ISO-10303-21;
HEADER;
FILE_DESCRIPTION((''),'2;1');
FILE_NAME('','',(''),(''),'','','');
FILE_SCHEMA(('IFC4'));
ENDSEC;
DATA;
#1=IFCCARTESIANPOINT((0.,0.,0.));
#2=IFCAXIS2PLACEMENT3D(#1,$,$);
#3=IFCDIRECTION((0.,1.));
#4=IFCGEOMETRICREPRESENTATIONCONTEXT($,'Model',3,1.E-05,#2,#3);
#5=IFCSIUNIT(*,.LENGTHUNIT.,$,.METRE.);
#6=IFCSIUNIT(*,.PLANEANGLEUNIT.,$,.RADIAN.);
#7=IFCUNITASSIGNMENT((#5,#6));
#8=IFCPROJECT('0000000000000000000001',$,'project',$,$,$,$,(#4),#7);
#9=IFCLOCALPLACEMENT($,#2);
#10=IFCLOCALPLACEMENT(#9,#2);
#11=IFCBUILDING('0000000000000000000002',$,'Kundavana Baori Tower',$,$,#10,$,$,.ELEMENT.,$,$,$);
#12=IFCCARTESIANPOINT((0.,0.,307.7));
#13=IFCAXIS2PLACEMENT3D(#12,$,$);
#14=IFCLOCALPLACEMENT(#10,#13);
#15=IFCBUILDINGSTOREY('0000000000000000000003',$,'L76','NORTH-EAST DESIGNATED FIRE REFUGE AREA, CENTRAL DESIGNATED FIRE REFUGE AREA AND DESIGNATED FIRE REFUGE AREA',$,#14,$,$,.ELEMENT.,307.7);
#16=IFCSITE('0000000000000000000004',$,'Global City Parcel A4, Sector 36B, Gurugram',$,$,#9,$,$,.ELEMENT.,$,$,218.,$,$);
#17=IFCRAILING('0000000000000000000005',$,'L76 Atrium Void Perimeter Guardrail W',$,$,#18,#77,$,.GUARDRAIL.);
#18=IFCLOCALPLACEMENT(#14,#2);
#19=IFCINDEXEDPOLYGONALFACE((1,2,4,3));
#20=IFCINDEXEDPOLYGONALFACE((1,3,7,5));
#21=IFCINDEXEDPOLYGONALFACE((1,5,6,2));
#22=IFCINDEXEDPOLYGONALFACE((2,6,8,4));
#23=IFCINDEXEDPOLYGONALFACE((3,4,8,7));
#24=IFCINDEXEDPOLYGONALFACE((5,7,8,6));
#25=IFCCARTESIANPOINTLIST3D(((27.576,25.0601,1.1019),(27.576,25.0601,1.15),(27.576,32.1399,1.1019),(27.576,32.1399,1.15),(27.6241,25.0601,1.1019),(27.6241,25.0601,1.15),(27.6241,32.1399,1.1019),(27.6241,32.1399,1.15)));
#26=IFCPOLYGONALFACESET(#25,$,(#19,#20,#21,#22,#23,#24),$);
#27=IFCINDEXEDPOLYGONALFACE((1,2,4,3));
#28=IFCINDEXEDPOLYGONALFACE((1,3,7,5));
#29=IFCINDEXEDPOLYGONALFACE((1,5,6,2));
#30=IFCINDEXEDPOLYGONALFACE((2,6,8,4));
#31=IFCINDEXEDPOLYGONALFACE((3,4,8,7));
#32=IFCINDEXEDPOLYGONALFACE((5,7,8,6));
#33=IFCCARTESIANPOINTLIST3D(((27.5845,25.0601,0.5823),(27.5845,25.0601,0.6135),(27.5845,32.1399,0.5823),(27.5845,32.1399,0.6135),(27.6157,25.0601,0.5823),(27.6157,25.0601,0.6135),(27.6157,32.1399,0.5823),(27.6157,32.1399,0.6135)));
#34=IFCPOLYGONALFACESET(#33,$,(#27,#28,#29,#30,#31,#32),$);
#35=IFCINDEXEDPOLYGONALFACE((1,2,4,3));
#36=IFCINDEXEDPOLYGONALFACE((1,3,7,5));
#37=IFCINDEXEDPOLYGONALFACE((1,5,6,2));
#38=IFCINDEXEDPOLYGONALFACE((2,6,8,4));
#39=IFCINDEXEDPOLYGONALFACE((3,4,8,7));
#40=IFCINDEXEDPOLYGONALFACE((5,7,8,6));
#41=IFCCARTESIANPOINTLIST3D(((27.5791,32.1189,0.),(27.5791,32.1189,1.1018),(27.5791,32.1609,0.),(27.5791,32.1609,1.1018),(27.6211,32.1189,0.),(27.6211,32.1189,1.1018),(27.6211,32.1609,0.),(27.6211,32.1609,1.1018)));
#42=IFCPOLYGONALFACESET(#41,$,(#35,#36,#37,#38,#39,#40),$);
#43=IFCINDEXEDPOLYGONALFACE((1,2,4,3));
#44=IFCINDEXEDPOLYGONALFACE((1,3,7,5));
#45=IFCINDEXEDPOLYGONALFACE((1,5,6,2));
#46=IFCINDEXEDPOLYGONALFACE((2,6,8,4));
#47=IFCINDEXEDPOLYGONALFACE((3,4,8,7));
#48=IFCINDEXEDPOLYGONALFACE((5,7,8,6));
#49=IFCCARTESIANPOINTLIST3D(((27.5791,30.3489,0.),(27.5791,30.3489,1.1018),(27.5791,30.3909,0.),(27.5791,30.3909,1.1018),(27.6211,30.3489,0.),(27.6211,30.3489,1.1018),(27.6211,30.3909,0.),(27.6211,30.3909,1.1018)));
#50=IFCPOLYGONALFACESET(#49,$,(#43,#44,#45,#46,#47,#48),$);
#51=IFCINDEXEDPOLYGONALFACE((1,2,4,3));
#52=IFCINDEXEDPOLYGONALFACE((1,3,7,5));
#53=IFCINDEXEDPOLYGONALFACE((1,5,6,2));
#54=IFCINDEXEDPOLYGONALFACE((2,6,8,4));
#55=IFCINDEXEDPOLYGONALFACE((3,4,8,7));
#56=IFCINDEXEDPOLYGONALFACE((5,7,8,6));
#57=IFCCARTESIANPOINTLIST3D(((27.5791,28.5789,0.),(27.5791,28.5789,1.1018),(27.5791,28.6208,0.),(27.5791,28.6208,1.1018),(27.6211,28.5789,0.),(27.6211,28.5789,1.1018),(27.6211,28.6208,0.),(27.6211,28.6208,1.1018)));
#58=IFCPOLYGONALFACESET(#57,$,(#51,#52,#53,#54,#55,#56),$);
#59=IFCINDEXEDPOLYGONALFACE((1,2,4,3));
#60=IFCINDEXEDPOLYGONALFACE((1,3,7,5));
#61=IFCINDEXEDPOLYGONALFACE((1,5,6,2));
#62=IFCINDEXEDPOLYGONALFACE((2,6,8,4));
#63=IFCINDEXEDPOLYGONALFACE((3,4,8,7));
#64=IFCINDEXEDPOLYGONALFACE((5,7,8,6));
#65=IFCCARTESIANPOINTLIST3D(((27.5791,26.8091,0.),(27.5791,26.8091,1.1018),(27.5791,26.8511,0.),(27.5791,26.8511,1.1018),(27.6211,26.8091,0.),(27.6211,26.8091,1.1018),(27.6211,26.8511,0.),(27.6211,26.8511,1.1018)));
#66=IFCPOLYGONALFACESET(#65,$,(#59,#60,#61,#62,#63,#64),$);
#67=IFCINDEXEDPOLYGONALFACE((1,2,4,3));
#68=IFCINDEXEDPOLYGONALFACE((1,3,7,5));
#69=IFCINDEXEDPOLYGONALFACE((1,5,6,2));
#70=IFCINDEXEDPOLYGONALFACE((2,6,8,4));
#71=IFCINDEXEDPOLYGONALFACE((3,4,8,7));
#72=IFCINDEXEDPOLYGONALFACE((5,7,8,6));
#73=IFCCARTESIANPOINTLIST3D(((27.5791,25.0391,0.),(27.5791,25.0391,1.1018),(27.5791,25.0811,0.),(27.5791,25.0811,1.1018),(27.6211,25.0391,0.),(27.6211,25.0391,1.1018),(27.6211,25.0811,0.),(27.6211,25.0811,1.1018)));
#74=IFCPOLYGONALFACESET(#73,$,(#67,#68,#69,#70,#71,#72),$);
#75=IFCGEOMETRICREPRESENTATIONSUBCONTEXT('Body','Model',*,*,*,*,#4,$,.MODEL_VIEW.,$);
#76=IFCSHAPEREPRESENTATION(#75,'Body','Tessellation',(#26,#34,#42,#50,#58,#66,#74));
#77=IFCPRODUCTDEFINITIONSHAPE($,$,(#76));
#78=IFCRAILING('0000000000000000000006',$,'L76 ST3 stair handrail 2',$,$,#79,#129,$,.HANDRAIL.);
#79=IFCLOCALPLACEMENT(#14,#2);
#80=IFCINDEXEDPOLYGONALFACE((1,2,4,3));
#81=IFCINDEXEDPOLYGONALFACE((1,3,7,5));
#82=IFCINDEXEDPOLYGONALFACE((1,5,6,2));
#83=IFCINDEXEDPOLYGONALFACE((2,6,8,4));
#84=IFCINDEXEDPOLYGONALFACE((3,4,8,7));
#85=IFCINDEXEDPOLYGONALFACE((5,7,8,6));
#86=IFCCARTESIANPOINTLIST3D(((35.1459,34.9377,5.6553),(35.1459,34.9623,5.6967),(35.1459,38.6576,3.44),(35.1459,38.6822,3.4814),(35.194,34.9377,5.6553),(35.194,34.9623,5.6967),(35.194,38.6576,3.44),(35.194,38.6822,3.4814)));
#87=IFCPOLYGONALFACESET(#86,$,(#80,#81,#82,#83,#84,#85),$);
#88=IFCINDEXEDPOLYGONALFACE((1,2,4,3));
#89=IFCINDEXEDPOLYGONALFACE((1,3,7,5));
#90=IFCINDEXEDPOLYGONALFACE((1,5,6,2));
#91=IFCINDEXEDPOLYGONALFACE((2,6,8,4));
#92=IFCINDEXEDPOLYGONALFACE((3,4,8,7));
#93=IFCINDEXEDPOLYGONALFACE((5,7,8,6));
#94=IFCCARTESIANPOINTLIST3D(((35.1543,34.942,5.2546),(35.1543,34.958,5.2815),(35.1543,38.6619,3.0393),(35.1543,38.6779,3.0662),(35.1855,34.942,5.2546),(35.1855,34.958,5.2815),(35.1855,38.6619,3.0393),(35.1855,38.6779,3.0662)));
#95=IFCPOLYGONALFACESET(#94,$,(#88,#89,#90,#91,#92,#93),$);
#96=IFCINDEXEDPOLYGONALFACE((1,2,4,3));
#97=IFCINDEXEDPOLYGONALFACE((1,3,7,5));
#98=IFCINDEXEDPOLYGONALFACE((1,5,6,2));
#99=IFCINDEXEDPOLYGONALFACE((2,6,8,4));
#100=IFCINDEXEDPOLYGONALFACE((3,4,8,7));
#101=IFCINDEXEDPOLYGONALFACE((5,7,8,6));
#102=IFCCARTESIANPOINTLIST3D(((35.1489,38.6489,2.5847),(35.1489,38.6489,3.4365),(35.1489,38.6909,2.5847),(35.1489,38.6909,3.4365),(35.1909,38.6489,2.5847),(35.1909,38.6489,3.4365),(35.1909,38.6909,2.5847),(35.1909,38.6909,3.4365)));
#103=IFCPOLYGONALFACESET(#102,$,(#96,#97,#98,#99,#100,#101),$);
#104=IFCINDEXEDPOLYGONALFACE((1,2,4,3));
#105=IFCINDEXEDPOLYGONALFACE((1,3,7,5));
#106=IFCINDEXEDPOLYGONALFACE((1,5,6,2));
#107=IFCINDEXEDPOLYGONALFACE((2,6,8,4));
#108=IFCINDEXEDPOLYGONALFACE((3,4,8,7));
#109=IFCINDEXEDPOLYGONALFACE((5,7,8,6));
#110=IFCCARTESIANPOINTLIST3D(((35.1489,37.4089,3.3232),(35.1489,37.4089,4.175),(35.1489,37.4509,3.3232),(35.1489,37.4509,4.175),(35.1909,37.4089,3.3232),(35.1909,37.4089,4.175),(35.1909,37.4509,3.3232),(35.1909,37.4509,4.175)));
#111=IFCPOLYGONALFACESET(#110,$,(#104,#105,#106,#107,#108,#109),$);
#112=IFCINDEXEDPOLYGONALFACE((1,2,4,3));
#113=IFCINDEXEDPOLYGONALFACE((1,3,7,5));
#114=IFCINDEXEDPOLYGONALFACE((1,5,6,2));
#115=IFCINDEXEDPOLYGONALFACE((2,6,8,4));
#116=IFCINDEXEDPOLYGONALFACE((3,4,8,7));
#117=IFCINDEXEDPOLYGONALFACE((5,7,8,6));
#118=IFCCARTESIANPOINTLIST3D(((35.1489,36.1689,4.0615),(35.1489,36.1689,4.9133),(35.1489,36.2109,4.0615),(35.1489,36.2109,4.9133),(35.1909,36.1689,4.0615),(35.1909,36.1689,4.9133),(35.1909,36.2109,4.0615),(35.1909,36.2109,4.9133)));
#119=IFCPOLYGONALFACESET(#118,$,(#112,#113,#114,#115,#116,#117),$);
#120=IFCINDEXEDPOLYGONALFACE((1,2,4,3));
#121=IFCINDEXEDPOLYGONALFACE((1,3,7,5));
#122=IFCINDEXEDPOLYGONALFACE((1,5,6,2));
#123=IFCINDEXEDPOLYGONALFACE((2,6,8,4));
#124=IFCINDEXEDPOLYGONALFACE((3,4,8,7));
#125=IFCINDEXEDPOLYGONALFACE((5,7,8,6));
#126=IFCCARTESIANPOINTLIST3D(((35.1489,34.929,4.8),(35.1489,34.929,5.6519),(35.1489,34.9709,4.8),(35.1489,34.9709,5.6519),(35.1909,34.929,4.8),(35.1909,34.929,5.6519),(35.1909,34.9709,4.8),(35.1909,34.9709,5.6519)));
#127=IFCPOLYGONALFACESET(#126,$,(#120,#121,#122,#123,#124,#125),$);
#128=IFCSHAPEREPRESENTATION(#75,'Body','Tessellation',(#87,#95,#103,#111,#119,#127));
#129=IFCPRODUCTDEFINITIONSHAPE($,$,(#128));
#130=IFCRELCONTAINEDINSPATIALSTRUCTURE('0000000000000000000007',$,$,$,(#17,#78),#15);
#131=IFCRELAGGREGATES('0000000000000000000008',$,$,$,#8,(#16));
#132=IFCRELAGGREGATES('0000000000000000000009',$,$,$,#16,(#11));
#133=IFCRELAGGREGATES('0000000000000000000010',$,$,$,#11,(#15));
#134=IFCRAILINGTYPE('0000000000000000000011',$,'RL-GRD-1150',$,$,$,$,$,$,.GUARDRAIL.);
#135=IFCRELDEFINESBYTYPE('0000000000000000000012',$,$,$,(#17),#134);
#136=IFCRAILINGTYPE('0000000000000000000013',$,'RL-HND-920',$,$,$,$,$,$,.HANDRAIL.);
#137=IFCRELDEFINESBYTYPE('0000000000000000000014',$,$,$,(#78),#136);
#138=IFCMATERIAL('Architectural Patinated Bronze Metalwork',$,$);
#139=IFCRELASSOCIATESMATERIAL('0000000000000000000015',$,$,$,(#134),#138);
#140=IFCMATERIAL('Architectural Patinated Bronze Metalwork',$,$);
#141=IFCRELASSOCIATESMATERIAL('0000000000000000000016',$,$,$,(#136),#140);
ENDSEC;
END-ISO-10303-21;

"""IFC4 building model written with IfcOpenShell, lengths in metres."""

from ifc_helpers import new_model, si_unit, direction, frame, origin, origin_2d, place, context, subcontext, project, spatial, rectangle, extrude, material, type_object, element, save


model = new_model("IFC4")

# Units and contexts
model_context = context("Model", 3, precision=1e-05, world=origin(), true_north=direction((0.0, 1.0)))
body_context = subcontext(model_context, "Body", "Model", "MODEL_VIEW")
ifc_project = project(units=[si_unit("LENGTHUNIT", "METRE"), si_unit("PLANEANGLEUNIT", "RADIAN")], contexts=[model_context])

# Site, building, storey
site_placement = place(None, origin())
site = spatial("IfcSite", under=ifc_project, at=site_placement, Name="Global City Parcel A4, Sector 36B, Gurugram", CompositionType="ELEMENT", RefElevation=218.0)
building_placement = place(site_placement, origin())
building = spatial("IfcBuilding", under=site, at=building_placement, Name="Kundavana Baori Tower", CompositionType="ELEMENT")
storey_placement = place(building_placement, frame((0.0, 0.0, 307.7)))
storey = spatial("IfcBuildingStorey", under=building, at=storey_placement, Name="L76", Description="NORTH-EAST DESIGNATED FIRE REFUGE AREA, CENTRAL DESIGNATED FIRE REFUGE AREA AND DESIGNATED FIRE REFUGE AREA", CompositionType="ELEMENT", Elevation=307.7)

# Railings
ifc_material_1 = material(Name="Architectural Patinated Bronze Metalwork")
railing_type_1 = type_object("IfcRailingType", Name="RL-GRD-1150", PredefinedType="GUARDRAIL", material=ifc_material_1)
railing_1_placement = place(storey_placement, frame((27.6001, 32.1399, 0.0)))
element("IfcRailing", 1, at=railing_1_placement, inside=storey, type_object=railing_type_1, Name="L76 Atrium Void Perimeter Guardrail W", PredefinedType="GUARDRAIL", context=body_context, shape_type="SweptSolid", body=[
    extrude(rectangle(XDim=0.0481, YDim=0.0481, at=origin_2d()), frame((0.0, 0.0, 1.126), z_axis=(0.0, -1.0, 0.0), x_axis=(1.0, 0.0, 0.0)), (0.0, 0.0, 1.0), 7.0798),
    extrude(rectangle(XDim=0.0312, YDim=0.0312, at=origin_2d()), frame((0.0, 0.0, 0.5979), z_axis=(0.0, -1.0, 0.0), x_axis=(1.0, 0.0, 0.0)), (0.0, 0.0, 1.0), 7.0798),
    extrude(rectangle(XDim=0.042, YDim=0.042, at=origin_2d()), origin(), (0.0, 0.0, 1.0), 1.1018),
    extrude(rectangle(XDim=0.042, YDim=0.042, at=origin_2d()), frame((0.0, -1.77, 0.0)), (0.0, 0.0, 1.0), 1.1018),
    extrude(rectangle(XDim=0.042, YDim=0.042, at=origin_2d()), frame((0.0, -3.54, 0.0)), (0.0, 0.0, 1.0), 1.1018),
    extrude(rectangle(XDim=0.042, YDim=0.042, at=origin_2d()), frame((0.0, -5.3098, 0.0)), (0.0, 0.0, 1.0), 1.1018),
    extrude(rectangle(XDim=0.042, YDim=0.042, at=origin_2d()), frame((0.0, -7.0798, 0.0)), (0.0, 0.0, 1.0), 1.1018),
])
ifc_material_2 = material(Name="Architectural Patinated Bronze Metalwork")
railing_type_2 = type_object("IfcRailingType", Name="RL-HND-920", PredefinedType="HANDRAIL", material=ifc_material_2)
railing_2_placement = place(storey_placement, frame((35.1699, 38.6699, 2.5847)))
element("IfcRailing", 2, at=railing_2_placement, inside=storey, type_object=railing_type_2, Name="L76 ST3 stair handrail 2", PredefinedType="HANDRAIL", context=body_context, shape_type="SweptSolid", body=[
    extrude(rectangle(XDim=0.0481, YDim=0.0481, at=origin_2d()), frame((0.0, 0.0, 0.876), z_axis=(0.0, -0.859185, 0.511665), x_axis=(1.0, 0.0, 0.0)), (0.0, 0.0, 1.0), 4.3296),
    extrude(rectangle(XDim=0.0312, YDim=0.0312, at=origin_2d()), frame((0.0, 0.0, 0.468), z_axis=(0.0, -0.859185, 0.511665), x_axis=(1.0, 0.0, 0.0)), (0.0, 0.0, 1.0), 4.3296),
    extrude(rectangle(XDim=0.042, YDim=0.042, at=origin_2d()), origin(), (0.0, 0.0, 1.0), 0.8518),
    extrude(rectangle(XDim=0.042, YDim=0.042, at=origin_2d()), frame((0.0, -1.24, 0.7385)), (0.0, 0.0, 1.0), 0.8518),
    extrude(rectangle(XDim=0.042, YDim=0.042, at=origin_2d()), frame((0.0, -2.48, 1.4768)), (0.0, 0.0, 1.0), 0.8518),
    extrude(rectangle(XDim=0.042, YDim=0.042, at=origin_2d()), frame((0.0, -3.72, 2.2153)), (0.0, 0.0, 1.0), 0.8518),
])

save(model, "model.ifc")
